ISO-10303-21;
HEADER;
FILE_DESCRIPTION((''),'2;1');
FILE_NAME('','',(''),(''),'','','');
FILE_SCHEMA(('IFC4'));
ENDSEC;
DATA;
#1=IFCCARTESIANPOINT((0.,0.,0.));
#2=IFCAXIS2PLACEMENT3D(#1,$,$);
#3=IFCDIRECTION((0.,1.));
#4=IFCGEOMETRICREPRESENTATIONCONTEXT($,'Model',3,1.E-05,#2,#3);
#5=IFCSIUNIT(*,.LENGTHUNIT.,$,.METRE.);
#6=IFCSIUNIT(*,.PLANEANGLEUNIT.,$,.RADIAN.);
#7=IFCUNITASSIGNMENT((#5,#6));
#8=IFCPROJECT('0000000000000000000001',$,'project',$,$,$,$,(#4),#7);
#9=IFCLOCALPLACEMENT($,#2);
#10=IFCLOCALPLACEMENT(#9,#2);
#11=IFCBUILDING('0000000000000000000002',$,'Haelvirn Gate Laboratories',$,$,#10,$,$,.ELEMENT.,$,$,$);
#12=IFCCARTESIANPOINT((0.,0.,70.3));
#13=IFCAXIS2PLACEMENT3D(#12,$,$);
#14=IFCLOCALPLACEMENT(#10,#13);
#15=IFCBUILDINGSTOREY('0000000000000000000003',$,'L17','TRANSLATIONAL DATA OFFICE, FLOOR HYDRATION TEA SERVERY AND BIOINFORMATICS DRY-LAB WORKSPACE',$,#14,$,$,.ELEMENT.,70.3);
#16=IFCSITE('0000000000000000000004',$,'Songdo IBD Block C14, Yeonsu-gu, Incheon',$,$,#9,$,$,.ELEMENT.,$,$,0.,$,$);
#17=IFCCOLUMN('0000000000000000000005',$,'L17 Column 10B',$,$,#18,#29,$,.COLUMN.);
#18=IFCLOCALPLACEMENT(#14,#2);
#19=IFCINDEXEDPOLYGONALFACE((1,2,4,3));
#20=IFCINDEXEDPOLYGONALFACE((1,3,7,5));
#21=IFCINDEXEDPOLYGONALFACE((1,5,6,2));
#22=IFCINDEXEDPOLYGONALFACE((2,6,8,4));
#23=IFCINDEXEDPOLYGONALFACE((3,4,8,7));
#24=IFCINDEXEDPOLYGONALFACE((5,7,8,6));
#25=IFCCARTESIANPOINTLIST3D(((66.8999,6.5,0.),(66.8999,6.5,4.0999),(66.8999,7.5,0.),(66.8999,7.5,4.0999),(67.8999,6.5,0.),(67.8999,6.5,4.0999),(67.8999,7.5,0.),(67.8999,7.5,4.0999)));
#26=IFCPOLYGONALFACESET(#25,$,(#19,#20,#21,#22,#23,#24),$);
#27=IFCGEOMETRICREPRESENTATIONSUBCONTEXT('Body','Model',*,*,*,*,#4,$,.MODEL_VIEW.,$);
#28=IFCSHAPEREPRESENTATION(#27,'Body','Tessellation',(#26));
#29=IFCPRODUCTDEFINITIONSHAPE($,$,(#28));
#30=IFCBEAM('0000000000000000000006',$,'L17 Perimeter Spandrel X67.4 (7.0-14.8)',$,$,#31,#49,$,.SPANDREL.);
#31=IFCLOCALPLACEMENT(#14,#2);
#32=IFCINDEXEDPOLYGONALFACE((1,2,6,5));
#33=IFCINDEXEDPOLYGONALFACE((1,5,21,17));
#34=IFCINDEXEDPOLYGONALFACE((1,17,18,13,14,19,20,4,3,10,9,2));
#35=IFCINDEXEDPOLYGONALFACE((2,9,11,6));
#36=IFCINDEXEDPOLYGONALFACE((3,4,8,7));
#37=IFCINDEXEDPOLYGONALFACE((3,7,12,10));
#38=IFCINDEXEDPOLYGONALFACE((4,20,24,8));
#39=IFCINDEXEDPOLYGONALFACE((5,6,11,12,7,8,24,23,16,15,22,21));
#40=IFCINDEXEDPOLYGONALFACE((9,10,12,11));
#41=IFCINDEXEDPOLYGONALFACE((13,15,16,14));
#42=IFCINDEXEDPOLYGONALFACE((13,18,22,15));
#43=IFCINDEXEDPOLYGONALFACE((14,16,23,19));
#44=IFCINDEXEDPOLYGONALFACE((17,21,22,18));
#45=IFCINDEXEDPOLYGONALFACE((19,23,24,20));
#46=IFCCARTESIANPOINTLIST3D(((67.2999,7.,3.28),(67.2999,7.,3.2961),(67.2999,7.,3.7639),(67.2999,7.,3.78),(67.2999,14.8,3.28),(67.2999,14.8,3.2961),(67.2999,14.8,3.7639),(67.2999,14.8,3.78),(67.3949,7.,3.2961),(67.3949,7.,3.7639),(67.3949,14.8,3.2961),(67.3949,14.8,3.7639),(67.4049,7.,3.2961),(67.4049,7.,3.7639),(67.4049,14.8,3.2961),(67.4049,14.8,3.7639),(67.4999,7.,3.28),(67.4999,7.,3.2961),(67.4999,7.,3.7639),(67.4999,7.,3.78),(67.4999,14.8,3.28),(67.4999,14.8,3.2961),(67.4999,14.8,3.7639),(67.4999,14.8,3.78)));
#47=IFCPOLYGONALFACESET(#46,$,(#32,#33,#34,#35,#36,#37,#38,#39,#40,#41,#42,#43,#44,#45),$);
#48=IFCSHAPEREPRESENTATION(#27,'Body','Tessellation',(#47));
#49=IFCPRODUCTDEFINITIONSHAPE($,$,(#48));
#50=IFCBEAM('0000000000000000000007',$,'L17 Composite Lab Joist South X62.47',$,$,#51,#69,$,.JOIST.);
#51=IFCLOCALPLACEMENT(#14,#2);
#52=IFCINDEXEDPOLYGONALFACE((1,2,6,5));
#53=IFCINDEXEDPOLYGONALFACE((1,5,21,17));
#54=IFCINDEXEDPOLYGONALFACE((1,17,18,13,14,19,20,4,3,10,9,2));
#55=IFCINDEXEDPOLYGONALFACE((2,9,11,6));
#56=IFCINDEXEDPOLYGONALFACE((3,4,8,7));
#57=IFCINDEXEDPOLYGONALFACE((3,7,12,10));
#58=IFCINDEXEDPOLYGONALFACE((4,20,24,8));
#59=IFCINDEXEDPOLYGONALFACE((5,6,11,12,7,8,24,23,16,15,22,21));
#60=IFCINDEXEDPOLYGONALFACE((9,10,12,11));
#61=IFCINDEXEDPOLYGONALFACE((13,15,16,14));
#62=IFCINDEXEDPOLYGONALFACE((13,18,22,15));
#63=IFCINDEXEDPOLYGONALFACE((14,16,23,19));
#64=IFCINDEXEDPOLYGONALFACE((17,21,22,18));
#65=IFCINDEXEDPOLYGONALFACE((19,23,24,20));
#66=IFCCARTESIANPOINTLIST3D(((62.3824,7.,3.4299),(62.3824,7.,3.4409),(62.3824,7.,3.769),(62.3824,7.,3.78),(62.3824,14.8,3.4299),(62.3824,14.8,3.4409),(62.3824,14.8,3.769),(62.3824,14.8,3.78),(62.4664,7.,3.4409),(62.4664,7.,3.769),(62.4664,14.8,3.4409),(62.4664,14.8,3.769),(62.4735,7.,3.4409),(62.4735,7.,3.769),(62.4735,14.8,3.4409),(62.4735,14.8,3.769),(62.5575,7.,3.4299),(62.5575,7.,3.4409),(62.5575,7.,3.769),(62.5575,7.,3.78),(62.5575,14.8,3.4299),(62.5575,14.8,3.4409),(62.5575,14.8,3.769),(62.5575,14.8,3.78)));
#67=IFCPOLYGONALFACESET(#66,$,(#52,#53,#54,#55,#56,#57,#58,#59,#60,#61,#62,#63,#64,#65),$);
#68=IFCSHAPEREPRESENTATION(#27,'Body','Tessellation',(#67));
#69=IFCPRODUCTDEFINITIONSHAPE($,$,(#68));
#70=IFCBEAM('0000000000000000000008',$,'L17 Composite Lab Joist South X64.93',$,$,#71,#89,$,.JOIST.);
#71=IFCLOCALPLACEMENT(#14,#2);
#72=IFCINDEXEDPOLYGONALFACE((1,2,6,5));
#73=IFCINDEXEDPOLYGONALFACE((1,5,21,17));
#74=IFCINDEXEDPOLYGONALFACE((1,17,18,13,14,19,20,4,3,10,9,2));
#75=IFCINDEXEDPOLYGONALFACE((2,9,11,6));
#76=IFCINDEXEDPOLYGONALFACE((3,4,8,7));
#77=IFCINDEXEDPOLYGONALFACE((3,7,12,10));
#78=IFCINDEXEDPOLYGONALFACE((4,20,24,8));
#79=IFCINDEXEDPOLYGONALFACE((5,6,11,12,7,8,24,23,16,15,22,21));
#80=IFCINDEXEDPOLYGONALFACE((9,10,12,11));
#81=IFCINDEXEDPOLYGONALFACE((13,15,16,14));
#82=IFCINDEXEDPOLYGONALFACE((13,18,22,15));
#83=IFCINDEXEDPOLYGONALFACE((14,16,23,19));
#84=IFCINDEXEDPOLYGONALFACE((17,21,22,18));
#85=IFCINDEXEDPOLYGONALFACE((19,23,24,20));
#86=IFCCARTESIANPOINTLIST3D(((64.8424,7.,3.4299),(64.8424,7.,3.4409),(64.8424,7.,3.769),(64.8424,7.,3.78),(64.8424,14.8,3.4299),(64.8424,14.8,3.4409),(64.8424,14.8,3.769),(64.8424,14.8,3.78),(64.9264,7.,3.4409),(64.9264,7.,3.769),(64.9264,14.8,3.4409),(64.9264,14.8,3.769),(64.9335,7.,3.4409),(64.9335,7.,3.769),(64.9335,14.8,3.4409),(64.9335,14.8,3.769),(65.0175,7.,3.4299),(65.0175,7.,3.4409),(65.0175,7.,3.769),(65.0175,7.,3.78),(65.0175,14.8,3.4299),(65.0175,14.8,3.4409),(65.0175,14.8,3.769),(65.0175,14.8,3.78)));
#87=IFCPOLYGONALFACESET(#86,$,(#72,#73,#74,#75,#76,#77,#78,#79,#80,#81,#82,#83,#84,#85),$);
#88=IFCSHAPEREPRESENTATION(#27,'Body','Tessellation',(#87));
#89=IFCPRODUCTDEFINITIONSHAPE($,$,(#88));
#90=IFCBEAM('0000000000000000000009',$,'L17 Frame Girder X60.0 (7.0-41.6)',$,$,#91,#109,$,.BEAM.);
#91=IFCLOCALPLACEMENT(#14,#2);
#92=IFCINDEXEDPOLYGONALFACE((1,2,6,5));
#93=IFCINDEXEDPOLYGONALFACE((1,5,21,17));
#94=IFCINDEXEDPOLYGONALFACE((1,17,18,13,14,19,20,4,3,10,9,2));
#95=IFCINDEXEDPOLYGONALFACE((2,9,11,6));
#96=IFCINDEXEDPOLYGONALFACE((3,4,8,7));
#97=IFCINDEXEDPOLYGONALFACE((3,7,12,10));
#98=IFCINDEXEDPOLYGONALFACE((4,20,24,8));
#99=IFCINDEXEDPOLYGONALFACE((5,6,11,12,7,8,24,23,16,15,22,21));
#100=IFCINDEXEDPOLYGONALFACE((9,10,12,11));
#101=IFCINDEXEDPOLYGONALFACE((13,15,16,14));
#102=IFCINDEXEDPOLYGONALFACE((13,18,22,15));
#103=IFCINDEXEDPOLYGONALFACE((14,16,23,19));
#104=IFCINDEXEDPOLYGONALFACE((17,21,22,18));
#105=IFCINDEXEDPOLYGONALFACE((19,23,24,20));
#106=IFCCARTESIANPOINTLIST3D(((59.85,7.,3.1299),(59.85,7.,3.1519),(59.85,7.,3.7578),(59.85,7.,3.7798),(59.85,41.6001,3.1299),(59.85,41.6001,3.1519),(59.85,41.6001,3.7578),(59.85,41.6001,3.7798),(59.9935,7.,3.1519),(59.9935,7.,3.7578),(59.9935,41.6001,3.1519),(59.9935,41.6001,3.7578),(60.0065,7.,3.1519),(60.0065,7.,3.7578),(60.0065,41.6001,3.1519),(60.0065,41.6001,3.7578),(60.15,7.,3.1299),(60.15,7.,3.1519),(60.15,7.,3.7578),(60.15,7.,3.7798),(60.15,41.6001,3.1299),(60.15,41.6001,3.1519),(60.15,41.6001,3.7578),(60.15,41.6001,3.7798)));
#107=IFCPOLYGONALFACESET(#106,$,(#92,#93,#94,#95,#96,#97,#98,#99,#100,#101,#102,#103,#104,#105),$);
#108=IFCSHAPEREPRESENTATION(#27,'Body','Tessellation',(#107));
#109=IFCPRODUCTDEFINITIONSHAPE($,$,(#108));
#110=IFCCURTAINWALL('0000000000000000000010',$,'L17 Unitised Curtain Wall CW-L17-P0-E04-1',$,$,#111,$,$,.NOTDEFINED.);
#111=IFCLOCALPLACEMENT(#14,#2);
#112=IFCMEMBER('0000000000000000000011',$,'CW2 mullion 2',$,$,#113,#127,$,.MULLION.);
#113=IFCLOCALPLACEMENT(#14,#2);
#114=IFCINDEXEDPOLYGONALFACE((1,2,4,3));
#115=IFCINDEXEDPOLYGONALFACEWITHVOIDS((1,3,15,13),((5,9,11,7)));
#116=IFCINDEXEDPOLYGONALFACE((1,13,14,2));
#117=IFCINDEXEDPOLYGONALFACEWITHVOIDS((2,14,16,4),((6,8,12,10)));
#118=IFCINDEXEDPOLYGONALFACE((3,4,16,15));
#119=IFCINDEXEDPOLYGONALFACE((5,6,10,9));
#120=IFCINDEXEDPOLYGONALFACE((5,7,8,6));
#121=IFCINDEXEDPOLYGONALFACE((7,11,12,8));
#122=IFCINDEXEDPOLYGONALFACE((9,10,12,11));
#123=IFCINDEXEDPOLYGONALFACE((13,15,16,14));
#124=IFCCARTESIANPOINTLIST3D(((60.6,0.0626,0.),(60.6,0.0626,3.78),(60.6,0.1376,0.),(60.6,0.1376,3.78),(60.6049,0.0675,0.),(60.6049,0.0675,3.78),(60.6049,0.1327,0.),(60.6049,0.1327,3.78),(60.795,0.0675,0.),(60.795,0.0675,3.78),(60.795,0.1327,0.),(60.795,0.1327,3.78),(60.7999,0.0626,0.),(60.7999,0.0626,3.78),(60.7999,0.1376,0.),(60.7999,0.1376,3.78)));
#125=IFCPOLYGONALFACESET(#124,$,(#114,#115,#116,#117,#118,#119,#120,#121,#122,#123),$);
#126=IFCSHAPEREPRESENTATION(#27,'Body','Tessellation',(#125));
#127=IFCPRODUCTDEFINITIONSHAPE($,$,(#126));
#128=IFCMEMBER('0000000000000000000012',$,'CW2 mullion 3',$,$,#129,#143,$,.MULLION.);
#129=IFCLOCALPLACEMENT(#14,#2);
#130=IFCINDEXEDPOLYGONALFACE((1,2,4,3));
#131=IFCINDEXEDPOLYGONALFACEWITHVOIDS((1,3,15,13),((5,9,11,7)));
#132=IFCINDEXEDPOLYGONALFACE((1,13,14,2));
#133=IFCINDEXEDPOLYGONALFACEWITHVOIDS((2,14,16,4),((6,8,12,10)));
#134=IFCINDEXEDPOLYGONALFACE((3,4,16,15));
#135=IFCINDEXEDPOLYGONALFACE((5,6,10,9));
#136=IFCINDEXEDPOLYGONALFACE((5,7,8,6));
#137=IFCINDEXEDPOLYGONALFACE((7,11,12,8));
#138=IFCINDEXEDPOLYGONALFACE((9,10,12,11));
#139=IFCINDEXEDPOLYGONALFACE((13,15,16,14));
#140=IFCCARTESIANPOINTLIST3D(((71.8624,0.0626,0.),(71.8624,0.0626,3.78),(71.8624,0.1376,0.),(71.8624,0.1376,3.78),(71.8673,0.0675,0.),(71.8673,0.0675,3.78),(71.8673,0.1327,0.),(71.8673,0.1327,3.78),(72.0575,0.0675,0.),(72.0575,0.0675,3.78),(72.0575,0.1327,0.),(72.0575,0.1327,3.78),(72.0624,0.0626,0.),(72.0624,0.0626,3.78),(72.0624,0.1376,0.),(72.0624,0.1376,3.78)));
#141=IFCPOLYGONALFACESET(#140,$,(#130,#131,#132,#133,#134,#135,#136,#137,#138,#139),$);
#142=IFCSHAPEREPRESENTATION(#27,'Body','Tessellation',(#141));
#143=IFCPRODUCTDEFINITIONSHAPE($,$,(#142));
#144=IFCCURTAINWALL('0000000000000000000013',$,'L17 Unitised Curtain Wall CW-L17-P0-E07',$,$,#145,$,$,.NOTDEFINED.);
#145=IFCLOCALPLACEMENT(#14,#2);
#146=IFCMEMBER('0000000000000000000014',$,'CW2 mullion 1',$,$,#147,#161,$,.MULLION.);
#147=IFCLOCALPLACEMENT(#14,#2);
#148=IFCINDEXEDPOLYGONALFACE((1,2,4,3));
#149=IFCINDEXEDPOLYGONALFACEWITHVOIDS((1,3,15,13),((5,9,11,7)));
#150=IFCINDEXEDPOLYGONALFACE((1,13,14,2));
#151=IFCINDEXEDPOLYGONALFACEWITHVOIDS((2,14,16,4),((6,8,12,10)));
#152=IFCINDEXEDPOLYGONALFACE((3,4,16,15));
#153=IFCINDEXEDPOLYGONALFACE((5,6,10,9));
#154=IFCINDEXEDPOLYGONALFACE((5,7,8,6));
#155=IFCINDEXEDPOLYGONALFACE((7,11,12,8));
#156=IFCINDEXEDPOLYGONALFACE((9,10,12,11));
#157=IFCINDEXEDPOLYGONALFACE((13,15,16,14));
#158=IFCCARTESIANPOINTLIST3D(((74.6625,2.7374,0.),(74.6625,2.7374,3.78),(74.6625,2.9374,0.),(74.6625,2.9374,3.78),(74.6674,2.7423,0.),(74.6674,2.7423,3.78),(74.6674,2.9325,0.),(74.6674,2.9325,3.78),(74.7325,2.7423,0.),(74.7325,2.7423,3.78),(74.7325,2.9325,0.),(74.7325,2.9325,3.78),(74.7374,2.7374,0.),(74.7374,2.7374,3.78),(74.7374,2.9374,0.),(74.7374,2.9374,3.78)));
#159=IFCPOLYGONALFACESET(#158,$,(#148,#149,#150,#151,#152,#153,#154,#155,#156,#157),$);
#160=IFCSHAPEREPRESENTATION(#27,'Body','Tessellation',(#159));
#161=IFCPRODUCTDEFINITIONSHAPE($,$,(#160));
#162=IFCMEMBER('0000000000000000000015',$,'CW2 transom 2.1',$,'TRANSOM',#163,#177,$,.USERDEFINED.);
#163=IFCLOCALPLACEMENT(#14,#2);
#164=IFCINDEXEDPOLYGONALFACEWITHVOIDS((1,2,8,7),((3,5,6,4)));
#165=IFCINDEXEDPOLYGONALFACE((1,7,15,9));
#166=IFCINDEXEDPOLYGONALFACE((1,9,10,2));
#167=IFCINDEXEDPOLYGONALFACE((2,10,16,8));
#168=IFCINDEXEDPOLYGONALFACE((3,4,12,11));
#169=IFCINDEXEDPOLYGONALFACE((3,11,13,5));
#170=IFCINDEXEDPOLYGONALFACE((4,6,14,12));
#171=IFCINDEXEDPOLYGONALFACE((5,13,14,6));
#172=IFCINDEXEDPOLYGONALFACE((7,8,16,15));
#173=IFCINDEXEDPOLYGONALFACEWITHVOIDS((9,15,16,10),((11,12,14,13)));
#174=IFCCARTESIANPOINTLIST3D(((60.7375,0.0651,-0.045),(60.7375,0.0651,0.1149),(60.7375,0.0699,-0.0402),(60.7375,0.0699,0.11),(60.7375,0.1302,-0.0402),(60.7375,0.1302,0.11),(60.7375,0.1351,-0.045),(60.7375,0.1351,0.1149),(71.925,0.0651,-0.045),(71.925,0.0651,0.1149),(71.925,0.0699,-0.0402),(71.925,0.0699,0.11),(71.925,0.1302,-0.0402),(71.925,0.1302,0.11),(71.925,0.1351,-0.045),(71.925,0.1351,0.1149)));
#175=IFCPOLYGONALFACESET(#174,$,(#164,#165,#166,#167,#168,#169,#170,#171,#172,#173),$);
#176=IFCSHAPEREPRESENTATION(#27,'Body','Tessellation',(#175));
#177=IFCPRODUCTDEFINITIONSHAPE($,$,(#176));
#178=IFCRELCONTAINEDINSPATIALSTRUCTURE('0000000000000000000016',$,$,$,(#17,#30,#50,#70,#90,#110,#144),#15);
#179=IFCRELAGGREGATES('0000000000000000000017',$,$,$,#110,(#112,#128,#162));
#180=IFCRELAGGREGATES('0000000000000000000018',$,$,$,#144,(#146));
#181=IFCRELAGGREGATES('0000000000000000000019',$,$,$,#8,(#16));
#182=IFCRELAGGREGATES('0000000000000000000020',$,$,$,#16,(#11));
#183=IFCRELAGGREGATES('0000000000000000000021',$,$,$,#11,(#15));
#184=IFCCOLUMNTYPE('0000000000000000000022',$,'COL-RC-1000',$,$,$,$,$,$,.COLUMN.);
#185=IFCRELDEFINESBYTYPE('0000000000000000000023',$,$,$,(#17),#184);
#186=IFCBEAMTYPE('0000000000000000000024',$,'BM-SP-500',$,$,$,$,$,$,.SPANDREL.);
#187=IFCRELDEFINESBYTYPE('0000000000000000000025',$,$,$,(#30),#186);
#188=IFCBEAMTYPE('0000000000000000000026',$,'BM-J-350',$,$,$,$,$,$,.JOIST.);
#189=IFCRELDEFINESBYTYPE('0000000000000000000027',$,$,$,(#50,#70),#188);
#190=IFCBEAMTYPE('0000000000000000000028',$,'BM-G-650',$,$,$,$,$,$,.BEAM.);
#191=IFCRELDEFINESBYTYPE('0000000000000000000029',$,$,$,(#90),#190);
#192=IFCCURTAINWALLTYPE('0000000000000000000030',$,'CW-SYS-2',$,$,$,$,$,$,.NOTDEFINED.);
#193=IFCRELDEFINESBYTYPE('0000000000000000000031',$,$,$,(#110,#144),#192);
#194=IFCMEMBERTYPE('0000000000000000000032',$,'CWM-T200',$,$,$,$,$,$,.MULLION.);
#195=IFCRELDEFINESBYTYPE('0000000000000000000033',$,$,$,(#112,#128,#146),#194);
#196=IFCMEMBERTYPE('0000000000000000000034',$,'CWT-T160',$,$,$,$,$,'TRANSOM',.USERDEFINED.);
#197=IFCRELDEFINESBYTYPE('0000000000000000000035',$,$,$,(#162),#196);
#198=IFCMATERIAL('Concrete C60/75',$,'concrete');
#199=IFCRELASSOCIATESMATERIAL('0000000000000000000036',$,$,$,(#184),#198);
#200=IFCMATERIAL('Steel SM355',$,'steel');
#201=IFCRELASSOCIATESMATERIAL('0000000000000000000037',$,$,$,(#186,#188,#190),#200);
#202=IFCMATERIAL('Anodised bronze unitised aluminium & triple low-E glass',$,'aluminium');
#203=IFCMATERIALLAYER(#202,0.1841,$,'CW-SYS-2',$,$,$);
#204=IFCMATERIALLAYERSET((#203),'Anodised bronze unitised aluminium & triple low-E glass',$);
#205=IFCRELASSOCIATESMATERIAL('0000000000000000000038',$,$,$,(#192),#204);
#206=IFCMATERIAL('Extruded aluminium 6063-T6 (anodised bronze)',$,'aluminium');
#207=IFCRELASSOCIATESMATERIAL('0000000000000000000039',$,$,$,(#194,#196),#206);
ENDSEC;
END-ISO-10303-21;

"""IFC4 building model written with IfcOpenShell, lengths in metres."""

from ifc_helpers import new_model, si_unit, direction, frame, origin, origin_2d, place, context, subcontext, project, spatial, rectangle, hollow_rectangle, i_section, extrude, source, transform, mapped, material, layer, layer_set, material_profile, profile_set, type_object, type_shapes, element, aggregate, save


model = new_model("IFC4")

# Units and contexts
model_context = context("Model", 3, precision=1e-05, world=origin(), true_north=direction((0.0, 1.0)))
body_context = subcontext(model_context, "Body", "Model", "MODEL_VIEW")
ifc_project = project(units=[si_unit("LENGTHUNIT", "METRE"), si_unit("PLANEANGLEUNIT", "RADIAN")], contexts=[model_context])

# Site, building, storey
site_placement = place(None, origin())
site = spatial("IfcSite", under=ifc_project, at=site_placement, Name="Songdo IBD Block C14, Yeonsu-gu, Incheon", CompositionType="ELEMENT", RefElevation=0.0)
building_placement = place(site_placement, origin())
building = spatial("IfcBuilding", under=site, at=building_placement, Name="Haelvirn Gate Laboratories", CompositionType="ELEMENT")
storey_placement = place(building_placement, frame((0.0, 0.0, 70.3)))
storey = spatial("IfcBuildingStorey", under=building, at=storey_placement, Name="L17", Description="TRANSLATIONAL DATA OFFICE, FLOOR HYDRATION TEA SERVERY AND BIOINFORMATICS DRY-LAB WORKSPACE", CompositionType="ELEMENT", Elevation=70.3)

# Column
ifc_material_1 = material(Name="Concrete C60/75", Category="concrete")
ifc_material_profile_1 = material_profile(ifc_material_1, rectangle(XDim=1.0, YDim=1.0, at=origin_2d()), Name="RC-1000x1000")
ifc_profile_set_1 = profile_set([ifc_material_profile_1], Name="Concrete C60/75")
column_type = type_object("IfcColumnType", Name="COL-RC-1000", PredefinedType="COLUMN", material=ifc_profile_set_1)
shared_shape_1 = source(origin(), body_context, "Body", "SweptSolid", [
    extrude(rectangle(XDim=1.0, YDim=1.0, at=origin_2d()), origin(), (0.0, 0.0, 1.0), 4.0999),
])
type_shapes(column_type, [shared_shape_1])
column_placement = place(storey_placement, frame((67.3999, 7.0, 0.0), z_axis=(0.0, 0.0, 1.0), x_axis=(1.0, 0.0, 0.0)))
element("IfcColumn", 1, at=column_placement, inside=storey, type_object=column_type, Name="L17 Column 10B", PredefinedType="COLUMN", context=body_context, shape_type="MappedRepresentation", body=[
    mapped(shared_shape_1, transform((0.0, 0.0, 0.0), scale=1.0)),
])

# Beams
ifc_material_2 = material(Name="Steel SM355", Category="steel")
ifc_material_profile_2 = material_profile(ifc_material_2, i_section(OverallWidth=0.2, OverallDepth=0.5, WebThickness=0.01, FlangeThickness=0.0161, at=origin_2d()), Name="H-500x200x10x16")
ifc_profile_set_2 = profile_set([ifc_material_profile_2], Name="Steel SM355")
beam_type_1 = type_object("IfcBeamType", Name="BM-SP-500", PredefinedType="SPANDREL", material=ifc_profile_set_2)
shared_shape_2 = source(origin(), body_context, "Body", "SweptSolid", [
    extrude(i_section(OverallWidth=0.2, OverallDepth=0.5, WebThickness=0.01, FlangeThickness=0.0161, at=origin_2d()), origin(), (0.0, 0.0, 1.0), 7.8),
])
type_shapes(beam_type_1, [shared_shape_2])
beam_1_placement = place(storey_placement, frame((67.3999, 7.0, 3.53), z_axis=(0.0, 1.0, 0.0), x_axis=(-1.0, 0.0, 0.0)))
element("IfcBeam", 2, at=beam_1_placement, inside=storey, type_object=beam_type_1, Name="L17 Perimeter Spandrel X67.4 (7.0-14.8)", PredefinedType="SPANDREL", context=body_context, shape_type="MappedRepresentation", body=[
    mapped(shared_shape_2, transform((0.0, 0.0, 0.0), scale=1.0)),
])
ifc_material_profile_3 = material_profile(ifc_material_2, i_section(OverallWidth=0.175, OverallDepth=0.3501, WebThickness=0.0071, FlangeThickness=0.011, at=origin_2d()), Name="H-350x175x7x11")
ifc_profile_set_3 = profile_set([ifc_material_profile_3], Name="Steel SM355")
beam_type_2 = type_object("IfcBeamType", Name="BM-J-350", PredefinedType="JOIST", material=ifc_profile_set_3)
shared_shape_3 = source(origin(), body_context, "Body", "SweptSolid", [
    extrude(i_section(OverallWidth=0.175, OverallDepth=0.3501, WebThickness=0.0071, FlangeThickness=0.011, at=origin_2d()), origin(), (0.0, 0.0, 1.0), 7.8),
])
type_shapes(beam_type_2, [shared_shape_3])
for number, where, z_axis, x_axis, name in (
    (3, (62.47, 7.0, 3.605), (0.0, 1.0, 0.0), (-1.0, 0.0, 0.0), "L17 Composite Lab Joist South X62.47"),
    (4, (64.9299, 7.0, 3.605), (0.0, 1.0, 0.0), (-1.0, 0.0, 0.0), "L17 Composite Lab Joist South X64.93"),
):
    element("IfcBeam", number, at=place(storey_placement, frame(where, z_axis=z_axis, x_axis=x_axis)), inside=storey, type_object=beam_type_2, Name=name, PredefinedType="JOIST", context=body_context, shape_type="MappedRepresentation", body=[
        mapped(shared_shape_3, transform((0.0, 0.0, 0.0), scale=1.0)),
    ])
ifc_material_profile_4 = material_profile(ifc_material_2, i_section(OverallWidth=0.3, OverallDepth=0.6499, WebThickness=0.0129, FlangeThickness=0.022, at=origin_2d()), Name="H-650x300x13x22")
ifc_profile_set_4 = profile_set([ifc_material_profile_4], Name="Steel SM355")
beam_type_3 = type_object("IfcBeamType", Name="BM-G-650", PredefinedType="BEAM", material=ifc_profile_set_4)
shared_shape_4 = source(origin(), body_context, "Body", "SweptSolid", [
    extrude(i_section(OverallWidth=0.3, OverallDepth=0.6499, WebThickness=0.0129, FlangeThickness=0.022, at=origin_2d()), origin(), (0.0, 0.0, 1.0), 34.6001),
])
type_shapes(beam_type_3, [shared_shape_4])
beam_2_placement = place(storey_placement, frame((60.0, 7.0, 3.4548), z_axis=(0.0, 1.0, 0.0), x_axis=(-1.0, 0.0, 0.0)))
element("IfcBeam", 5, at=beam_2_placement, inside=storey, type_object=beam_type_3, Name="L17 Frame Girder X60.0 (7.0-41.6)", PredefinedType="BEAM", context=body_context, shape_type="MappedRepresentation", body=[
    mapped(shared_shape_4, transform((0.0, 0.0, 0.0), scale=1.0)),
])

# Curtain wall, members
ifc_material_3 = material(Name="Anodised bronze unitised aluminium & triple low-E glass", Category="aluminium")
ifc_layer_1 = layer(ifc_material_3, 0.1841, Name="CW-SYS-2")
ifc_layer_set_1 = layer_set([ifc_layer_1], Name="Anodised bronze unitised aluminium & triple low-E glass")
curtain_wall_type_1 = type_object("IfcCurtainWallType", Name="CW-SYS-2", PredefinedType="NOTDEFINED", material=ifc_layer_set_1)
curtain_wall_1_placement = place(storey_placement, origin())
curtain_wall_1 = element("IfcCurtainWall", 6, at=curtain_wall_1_placement, inside=storey, type_object=curtain_wall_type_1, Name="L17 Unitised Curtain Wall CW-L17-P0-E04-1", PredefinedType="NOTDEFINED")
ifc_material_4 = material(Name="Extruded aluminium 6063-T6 (anodised bronze)", Category="aluminium")
ifc_material_profile_5 = material_profile(ifc_material_4, hollow_rectangle(XDim=0.075, YDim=0.2, WallThickness=0.0049, at=origin_2d()), Name="CWM-200x75x5")
ifc_profile_set_5 = profile_set([ifc_material_profile_5], Name="Extruded aluminium 6063-T6 (anodised bronze)")
member_type_1 = type_object("IfcMemberType", Name="CWM-T200", PredefinedType="MULLION", material=ifc_profile_set_5)
shared_shape_5 = source(origin(), body_context, "Body", "SweptSolid", [
    extrude(hollow_rectangle(XDim=0.075, YDim=0.2, WallThickness=0.0049, at=origin_2d()), origin(), (0.0, 0.0, 1.0), 3.78),
])
type_shapes(member_type_1, [shared_shape_5])
member_1_placement = place(storey_placement, frame((60.7, 0.1001, 0.0), z_axis=(0.0, 0.0, 1.0), x_axis=(0.0, 1.0, 0.0)))
member_1 = element("IfcMember", 7, at=member_1_placement, type_object=member_type_1, Name="CW2 mullion 2", PredefinedType="MULLION", context=body_context, shape_type="MappedRepresentation", body=[
    mapped(shared_shape_5, transform((0.0, 0.0, 0.0), scale=1.0)),
])
member_2_placement = place(storey_placement, frame((71.9624, 0.1001, 0.0), z_axis=(0.0, 0.0, 1.0), x_axis=(0.0, 1.0, 0.0)))
member_2 = element("IfcMember", 8, at=member_2_placement, type_object=member_type_1, Name="CW2 mullion 3", PredefinedType="MULLION", context=body_context, shape_type="MappedRepresentation", body=[
    mapped(shared_shape_5, transform((0.0, 0.0, 0.0), scale=1.0)),
])

# Curtain wall, member
curtain_wall_2_placement = place(storey_placement, origin())
curtain_wall_2 = element("IfcCurtainWall", 9, at=curtain_wall_2_placement, inside=storey, type_object=curtain_wall_type_1, Name="L17 Unitised Curtain Wall CW-L17-P0-E07", PredefinedType="NOTDEFINED")
member_3_placement = place(storey_placement, frame((74.7, 2.8374, 0.0), z_axis=(0.0, 0.0, 1.0), x_axis=(-1.0, 0.0, 0.0)))
member_3 = element("IfcMember", 10, at=member_3_placement, type_object=member_type_1, Name="CW2 mullion 1", PredefinedType="MULLION", context=body_context, shape_type="MappedRepresentation", body=[
    mapped(shared_shape_5, transform((0.0, 0.0, 0.0), scale=1.0)),
])

# Member
ifc_material_profile_6 = material_profile(ifc_material_4, hollow_rectangle(XDim=0.0701, YDim=0.1599, WallThickness=0.0049, at=origin_2d()), Name="CWT-160x70x5")
ifc_profile_set_6 = profile_set([ifc_material_profile_6], Name="Extruded aluminium 6063-T6 (anodised bronze)")
member_type_2 = type_object("IfcMemberType", Name="CWT-T160", ElementType="TRANSOM", PredefinedType="USERDEFINED", material=ifc_profile_set_6)
shared_shape_6 = source(origin(), body_context, "Body", "SweptSolid", [
    extrude(hollow_rectangle(XDim=0.0701, YDim=0.1599, WallThickness=0.0049, at=origin_2d()), origin(), (0.0, 0.0, 1.0), 11.1875),
])
member_4_placement = place(storey_placement, frame((60.7375, 0.1001, 0.0349), z_axis=(1.0, 0.0, 0.0), x_axis=(0.0, 1.0, 0.0)))
member_4 = element("IfcMember", 11, at=member_4_placement, type_object=member_type_2, Name="CW2 transom 2.1", ObjectType="TRANSOM", PredefinedType="USERDEFINED", context=body_context, shape_type="MappedRepresentation", body=[
    mapped(shared_shape_6, transform((0.0, 0.0, 0.0), scale=1.0)),
])

aggregate(curtain_wall_1, [member_1, member_2, member_4])
aggregate(curtain_wall_2, [member_3])

save(model, "model.ifc")
